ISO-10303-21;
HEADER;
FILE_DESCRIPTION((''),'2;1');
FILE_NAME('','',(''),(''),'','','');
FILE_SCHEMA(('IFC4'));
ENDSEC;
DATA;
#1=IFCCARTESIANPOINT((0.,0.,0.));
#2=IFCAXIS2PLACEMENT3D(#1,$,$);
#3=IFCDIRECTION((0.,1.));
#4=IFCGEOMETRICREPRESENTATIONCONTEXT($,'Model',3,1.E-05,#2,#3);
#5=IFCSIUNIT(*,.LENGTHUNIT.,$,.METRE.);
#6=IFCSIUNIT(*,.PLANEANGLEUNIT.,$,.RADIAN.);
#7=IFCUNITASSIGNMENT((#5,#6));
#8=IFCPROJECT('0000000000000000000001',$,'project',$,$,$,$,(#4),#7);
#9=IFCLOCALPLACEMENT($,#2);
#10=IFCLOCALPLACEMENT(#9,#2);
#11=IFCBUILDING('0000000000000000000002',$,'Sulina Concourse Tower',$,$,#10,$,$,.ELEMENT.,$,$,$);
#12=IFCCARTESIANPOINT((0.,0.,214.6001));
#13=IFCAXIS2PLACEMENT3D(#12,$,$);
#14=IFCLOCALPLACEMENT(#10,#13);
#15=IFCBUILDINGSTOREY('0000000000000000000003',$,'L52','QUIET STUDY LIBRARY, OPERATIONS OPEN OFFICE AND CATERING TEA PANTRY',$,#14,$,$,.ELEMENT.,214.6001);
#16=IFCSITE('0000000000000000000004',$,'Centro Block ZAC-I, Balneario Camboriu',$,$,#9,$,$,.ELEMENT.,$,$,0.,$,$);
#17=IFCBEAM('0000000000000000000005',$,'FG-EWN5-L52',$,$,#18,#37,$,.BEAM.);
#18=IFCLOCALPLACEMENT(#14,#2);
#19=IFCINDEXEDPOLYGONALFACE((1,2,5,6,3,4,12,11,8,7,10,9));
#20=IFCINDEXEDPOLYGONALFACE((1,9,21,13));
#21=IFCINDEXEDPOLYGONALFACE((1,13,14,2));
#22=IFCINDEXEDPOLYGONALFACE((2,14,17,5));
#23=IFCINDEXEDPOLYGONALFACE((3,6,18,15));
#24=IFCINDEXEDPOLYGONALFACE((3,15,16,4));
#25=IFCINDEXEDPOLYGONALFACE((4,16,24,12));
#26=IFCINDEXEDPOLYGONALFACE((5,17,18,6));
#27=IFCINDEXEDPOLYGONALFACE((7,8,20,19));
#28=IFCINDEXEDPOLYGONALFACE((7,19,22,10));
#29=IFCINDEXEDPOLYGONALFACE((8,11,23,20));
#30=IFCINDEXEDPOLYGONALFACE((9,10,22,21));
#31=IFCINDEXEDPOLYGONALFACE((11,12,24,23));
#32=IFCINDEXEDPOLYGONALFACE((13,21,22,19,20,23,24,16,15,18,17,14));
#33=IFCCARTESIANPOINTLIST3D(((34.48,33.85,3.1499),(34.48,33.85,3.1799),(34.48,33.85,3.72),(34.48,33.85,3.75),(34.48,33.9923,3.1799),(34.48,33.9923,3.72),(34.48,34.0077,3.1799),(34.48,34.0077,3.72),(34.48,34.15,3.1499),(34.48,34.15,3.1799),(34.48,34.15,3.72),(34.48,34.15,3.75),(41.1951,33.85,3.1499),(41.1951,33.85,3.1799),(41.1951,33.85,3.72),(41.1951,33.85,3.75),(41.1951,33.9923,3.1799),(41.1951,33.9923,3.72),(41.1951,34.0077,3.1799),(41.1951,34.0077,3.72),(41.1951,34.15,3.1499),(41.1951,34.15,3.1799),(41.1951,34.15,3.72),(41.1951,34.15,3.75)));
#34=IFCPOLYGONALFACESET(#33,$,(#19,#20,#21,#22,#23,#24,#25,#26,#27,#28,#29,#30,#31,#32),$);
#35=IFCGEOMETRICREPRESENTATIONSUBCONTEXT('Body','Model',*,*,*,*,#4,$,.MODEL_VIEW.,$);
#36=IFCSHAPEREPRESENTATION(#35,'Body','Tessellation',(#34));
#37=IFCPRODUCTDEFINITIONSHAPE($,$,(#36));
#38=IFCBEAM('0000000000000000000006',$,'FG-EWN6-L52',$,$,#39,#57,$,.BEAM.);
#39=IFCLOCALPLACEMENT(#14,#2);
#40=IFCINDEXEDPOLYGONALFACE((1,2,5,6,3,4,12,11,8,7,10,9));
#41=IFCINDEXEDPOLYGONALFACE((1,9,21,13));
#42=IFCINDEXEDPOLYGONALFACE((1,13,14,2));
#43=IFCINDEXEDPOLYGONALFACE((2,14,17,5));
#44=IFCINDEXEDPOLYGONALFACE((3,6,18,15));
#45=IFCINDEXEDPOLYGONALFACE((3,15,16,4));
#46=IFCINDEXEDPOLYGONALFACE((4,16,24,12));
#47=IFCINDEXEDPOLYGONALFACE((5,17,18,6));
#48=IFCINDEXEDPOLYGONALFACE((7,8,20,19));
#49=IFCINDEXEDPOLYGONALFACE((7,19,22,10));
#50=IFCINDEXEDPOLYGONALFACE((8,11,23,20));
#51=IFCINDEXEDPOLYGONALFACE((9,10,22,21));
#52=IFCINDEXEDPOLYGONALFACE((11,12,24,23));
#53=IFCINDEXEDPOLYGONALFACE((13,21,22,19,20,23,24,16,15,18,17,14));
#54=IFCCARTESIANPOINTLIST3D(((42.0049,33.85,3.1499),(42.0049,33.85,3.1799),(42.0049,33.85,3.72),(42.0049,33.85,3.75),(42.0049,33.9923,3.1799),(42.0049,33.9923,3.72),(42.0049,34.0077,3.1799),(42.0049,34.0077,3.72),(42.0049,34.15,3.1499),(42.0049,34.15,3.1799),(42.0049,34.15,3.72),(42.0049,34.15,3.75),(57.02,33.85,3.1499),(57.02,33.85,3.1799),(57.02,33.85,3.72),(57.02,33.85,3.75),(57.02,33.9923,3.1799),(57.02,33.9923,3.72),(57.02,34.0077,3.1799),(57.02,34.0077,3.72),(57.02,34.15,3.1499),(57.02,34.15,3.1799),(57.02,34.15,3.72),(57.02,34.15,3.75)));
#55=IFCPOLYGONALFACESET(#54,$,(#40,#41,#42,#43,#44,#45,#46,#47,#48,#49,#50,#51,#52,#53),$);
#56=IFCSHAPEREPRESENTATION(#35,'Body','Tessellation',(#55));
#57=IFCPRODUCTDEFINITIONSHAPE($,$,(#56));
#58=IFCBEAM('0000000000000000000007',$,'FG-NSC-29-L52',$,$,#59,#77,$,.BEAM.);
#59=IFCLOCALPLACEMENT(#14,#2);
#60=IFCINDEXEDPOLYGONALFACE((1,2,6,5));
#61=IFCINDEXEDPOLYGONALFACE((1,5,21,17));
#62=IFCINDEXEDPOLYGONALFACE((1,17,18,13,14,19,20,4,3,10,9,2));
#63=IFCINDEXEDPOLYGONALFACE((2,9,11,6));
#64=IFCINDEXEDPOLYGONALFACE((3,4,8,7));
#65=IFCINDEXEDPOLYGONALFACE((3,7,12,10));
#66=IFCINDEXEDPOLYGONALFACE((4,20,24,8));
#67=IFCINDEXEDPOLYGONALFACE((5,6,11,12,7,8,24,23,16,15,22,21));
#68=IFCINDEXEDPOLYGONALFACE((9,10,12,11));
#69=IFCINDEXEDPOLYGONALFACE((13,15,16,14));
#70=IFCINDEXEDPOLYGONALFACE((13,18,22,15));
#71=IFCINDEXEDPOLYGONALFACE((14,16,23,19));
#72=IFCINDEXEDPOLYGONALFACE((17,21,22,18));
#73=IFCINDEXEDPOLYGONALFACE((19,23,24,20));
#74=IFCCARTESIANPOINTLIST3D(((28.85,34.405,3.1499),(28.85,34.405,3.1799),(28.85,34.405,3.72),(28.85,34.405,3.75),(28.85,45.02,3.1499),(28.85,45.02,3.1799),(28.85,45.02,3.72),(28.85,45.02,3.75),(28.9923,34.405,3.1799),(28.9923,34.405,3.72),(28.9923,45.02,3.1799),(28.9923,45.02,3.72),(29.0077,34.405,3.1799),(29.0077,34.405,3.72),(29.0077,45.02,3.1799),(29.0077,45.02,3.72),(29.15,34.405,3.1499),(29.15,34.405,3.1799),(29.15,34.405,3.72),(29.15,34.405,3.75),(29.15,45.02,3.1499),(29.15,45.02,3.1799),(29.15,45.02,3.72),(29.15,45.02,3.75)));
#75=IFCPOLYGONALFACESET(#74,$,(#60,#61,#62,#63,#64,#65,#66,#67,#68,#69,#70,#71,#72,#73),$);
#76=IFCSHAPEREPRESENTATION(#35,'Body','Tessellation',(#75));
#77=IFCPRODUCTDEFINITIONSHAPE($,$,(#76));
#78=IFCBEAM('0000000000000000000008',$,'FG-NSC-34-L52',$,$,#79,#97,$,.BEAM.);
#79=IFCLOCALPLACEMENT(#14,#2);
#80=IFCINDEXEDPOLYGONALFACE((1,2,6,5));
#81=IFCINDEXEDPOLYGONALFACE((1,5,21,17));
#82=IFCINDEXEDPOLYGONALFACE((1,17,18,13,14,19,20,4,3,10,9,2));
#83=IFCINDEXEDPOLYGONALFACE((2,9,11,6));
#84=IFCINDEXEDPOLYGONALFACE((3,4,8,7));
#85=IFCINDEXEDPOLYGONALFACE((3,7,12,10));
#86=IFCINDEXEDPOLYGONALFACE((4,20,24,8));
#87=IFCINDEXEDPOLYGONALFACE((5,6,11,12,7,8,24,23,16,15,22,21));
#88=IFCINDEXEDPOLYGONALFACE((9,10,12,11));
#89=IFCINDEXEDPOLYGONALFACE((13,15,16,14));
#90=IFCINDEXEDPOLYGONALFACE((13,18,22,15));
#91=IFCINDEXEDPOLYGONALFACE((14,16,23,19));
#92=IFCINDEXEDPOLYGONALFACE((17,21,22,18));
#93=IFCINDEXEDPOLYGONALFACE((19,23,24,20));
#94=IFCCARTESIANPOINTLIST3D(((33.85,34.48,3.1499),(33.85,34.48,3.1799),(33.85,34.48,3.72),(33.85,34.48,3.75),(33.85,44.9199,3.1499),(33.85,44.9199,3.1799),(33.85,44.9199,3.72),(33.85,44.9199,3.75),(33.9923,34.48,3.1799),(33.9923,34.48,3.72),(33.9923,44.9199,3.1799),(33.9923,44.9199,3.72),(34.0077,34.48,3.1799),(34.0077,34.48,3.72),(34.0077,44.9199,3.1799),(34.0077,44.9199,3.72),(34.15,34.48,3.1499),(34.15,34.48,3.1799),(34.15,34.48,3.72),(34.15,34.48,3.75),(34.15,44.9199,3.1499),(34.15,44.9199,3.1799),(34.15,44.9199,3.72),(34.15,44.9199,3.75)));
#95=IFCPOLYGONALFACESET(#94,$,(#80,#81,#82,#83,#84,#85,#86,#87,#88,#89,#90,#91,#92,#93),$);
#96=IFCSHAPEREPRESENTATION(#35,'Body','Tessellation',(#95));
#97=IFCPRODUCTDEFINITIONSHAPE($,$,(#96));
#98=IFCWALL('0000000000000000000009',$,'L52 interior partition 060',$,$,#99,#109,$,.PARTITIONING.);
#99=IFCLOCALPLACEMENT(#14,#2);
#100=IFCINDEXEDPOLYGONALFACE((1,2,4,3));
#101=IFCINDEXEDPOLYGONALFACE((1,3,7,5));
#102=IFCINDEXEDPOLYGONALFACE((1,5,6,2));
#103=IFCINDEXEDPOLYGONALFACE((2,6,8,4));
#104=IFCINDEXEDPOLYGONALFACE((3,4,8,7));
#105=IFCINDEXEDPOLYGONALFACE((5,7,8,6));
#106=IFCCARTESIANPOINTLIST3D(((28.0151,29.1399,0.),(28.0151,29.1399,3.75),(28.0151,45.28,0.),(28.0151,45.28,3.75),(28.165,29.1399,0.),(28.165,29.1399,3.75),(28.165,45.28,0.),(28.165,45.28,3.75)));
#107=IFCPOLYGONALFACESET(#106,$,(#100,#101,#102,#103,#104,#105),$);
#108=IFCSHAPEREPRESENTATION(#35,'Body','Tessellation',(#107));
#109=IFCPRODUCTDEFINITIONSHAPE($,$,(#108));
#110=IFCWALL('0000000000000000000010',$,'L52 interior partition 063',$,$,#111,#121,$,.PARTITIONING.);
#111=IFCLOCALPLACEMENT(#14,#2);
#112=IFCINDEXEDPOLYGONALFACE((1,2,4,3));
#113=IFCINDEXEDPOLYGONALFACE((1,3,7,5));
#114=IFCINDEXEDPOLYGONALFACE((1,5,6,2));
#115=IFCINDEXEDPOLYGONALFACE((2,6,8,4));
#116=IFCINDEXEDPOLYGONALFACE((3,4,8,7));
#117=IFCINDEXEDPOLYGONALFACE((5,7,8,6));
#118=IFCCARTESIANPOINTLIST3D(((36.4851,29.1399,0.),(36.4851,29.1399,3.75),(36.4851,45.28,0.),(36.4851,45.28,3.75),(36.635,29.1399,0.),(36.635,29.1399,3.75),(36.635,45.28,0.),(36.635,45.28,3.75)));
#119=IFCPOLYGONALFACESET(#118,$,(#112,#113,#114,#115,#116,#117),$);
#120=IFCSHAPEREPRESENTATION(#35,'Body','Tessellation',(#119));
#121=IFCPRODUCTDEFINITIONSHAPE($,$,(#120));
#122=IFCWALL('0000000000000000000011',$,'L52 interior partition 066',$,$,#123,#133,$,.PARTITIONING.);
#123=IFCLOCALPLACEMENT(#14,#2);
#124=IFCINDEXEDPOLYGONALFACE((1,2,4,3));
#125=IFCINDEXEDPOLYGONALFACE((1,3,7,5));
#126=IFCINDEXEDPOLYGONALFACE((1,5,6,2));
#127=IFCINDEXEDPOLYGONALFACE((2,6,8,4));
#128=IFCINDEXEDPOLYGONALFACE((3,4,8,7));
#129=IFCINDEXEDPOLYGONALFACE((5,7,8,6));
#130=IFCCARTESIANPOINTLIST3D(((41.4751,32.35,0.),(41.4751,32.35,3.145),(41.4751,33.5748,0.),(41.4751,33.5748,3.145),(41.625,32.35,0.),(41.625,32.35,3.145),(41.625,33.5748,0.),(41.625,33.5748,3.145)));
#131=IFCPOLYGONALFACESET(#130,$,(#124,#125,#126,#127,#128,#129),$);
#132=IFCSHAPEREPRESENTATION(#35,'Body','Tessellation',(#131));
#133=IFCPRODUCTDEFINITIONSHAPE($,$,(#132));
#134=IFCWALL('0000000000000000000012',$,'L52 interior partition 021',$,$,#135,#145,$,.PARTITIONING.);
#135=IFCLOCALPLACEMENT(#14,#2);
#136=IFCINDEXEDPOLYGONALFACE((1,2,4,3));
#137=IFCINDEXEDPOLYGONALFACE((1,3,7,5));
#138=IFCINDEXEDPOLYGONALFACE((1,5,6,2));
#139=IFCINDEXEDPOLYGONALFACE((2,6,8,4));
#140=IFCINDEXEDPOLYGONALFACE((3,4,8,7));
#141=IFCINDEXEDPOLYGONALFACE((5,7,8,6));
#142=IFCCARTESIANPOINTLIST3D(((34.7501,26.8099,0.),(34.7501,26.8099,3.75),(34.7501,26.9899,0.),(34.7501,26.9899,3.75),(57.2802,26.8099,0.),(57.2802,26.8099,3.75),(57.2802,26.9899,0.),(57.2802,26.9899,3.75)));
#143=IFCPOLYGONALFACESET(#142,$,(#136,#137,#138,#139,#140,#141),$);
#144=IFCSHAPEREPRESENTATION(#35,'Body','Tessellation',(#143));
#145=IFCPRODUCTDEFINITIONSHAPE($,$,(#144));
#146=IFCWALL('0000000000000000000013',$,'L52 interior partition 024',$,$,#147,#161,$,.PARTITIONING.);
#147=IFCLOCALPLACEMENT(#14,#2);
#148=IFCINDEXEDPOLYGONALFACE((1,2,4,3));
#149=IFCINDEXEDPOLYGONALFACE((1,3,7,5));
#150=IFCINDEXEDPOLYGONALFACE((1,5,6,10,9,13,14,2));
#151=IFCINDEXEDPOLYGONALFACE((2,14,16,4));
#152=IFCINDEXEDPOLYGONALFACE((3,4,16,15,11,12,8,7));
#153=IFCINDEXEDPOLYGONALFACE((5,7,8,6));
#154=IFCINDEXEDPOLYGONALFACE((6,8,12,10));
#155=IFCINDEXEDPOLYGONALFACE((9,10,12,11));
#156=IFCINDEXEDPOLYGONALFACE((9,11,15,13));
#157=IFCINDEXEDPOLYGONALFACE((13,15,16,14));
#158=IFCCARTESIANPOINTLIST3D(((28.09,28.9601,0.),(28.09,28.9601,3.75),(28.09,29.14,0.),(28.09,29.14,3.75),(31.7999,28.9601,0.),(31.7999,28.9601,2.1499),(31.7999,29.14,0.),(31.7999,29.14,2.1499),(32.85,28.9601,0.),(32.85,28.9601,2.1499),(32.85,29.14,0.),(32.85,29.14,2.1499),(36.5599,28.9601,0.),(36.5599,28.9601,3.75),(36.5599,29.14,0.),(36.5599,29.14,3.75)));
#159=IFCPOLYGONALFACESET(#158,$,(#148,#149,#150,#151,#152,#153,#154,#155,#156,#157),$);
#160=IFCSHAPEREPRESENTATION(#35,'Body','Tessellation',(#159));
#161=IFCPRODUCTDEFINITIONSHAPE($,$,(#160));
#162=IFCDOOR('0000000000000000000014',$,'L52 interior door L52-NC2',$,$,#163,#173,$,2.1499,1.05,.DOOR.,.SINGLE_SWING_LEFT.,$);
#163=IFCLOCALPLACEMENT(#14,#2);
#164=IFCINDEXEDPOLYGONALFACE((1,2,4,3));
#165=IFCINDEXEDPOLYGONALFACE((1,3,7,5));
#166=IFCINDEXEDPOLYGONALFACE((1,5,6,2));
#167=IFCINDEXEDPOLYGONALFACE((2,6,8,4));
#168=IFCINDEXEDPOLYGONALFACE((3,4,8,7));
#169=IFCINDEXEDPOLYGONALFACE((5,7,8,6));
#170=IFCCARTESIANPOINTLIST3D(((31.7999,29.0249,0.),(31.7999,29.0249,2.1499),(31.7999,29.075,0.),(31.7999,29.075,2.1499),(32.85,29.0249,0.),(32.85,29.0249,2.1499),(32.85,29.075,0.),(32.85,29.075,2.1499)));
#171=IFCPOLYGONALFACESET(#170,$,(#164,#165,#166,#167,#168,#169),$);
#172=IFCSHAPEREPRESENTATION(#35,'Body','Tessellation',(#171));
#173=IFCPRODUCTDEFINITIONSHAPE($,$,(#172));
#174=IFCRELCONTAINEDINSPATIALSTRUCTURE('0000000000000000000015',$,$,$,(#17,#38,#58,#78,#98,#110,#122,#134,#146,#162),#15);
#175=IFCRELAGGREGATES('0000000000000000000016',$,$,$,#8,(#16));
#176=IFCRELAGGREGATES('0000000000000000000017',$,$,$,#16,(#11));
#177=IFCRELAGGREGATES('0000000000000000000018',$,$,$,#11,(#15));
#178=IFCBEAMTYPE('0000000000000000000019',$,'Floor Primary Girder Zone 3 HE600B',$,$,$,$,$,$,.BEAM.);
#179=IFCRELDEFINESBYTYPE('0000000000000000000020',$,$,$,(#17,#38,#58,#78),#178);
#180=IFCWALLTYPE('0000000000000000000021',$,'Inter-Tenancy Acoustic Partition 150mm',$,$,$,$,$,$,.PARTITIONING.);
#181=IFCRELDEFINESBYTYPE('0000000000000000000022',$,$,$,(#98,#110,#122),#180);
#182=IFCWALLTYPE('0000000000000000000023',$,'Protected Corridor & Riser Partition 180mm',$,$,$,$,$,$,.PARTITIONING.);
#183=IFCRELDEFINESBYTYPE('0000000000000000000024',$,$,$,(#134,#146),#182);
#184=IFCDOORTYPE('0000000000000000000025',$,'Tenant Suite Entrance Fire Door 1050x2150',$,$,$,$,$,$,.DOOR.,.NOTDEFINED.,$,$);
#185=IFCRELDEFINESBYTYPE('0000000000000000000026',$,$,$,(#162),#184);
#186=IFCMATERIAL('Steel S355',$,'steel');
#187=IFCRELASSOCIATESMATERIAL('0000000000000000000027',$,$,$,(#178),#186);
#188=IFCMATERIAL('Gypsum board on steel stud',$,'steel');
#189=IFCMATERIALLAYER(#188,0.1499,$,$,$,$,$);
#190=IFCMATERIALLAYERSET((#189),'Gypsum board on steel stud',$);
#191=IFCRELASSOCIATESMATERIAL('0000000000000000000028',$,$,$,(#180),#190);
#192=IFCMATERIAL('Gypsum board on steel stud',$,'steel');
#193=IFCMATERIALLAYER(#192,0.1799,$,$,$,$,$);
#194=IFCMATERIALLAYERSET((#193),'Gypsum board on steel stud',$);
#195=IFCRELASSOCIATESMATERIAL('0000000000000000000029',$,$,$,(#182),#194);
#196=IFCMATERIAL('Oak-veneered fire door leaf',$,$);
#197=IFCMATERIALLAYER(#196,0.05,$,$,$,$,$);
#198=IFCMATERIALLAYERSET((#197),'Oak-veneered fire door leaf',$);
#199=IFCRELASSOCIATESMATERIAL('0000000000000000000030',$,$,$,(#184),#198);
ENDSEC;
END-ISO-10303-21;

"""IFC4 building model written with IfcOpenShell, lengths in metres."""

from ifc_helpers import new_model, si_unit, direction, frame, frame_2d, origin, origin_2d, place, context, subcontext, project, spatial, rectangle, i_section, extrude, material, layer, layer_set, material_profile, profile_set, type_object, element, fill, save


model = new_model("IFC4")

# Units and contexts
model_context = context("Model", 3, precision=1e-05, world=origin(), true_north=direction((0.0, 1.0)))
body_context = subcontext(model_context, "Body", "Model", "MODEL_VIEW")
ifc_project = project(units=[si_unit("LENGTHUNIT", "METRE"), si_unit("PLANEANGLEUNIT", "RADIAN")], contexts=[model_context])

# Site, building, storey
site_placement = place(None, origin())
site = spatial("IfcSite", under=ifc_project, at=site_placement, Name="Centro Block ZAC-I, Balneario Camboriu", CompositionType="ELEMENT", RefElevation=0.0)
building_placement = place(site_placement, origin())
building = spatial("IfcBuilding", under=site, at=building_placement, Name="Sulina Concourse Tower", CompositionType="ELEMENT")
storey_placement = place(building_placement, frame((0.0, 0.0, 214.6001)))
storey = spatial("IfcBuildingStorey", under=building, at=storey_placement, Name="L52", Description="QUIET STUDY LIBRARY, OPERATIONS OPEN OFFICE AND CATERING TEA PANTRY", CompositionType="ELEMENT", Elevation=214.6001)

# Beams
ifc_material_1 = material(Name="Steel S355", Category="steel")
ifc_material_profile_1 = material_profile(ifc_material_1, i_section(OverallWidth=0.3, OverallDepth=0.6001, WebThickness=0.0154, FlangeThickness=0.03, at=origin_2d()), Name="HE 600 B")
ifc_profile_set_1 = profile_set([ifc_material_profile_1], Name="Steel S355")
beam_type_1 = type_object("IfcBeamType", Name="Floor Primary Girder Zone 3 HE600B", PredefinedType="BEAM", material=ifc_profile_set_1)
beam_1_placement = place(storey_placement, frame((34.48, 34.0, 3.45), z_axis=(1.0, 0.0, 0.0), x_axis=(0.0, 1.0, 0.0)))
element("IfcBeam", 1, at=beam_1_placement, inside=storey, type_object=beam_type_1, Name="FG-EWN5-L52", PredefinedType="BEAM", context=body_context, shape_type="SweptSolid", body=[
    extrude(i_section(OverallWidth=0.3, OverallDepth=0.6001, WebThickness=0.0154, FlangeThickness=0.03, at=origin_2d()), origin(), (0.0, 0.0, 1.0), 6.7151),
])
beam_2_placement = place(storey_placement, frame((42.0049, 34.0, 3.45), z_axis=(1.0, 0.0, 0.0), x_axis=(0.0, 1.0, 0.0)))
element("IfcBeam", 2, at=beam_2_placement, inside=storey, type_object=beam_type_1, Name="FG-EWN6-L52", PredefinedType="BEAM", context=body_context, shape_type="SweptSolid", body=[
    extrude(i_section(OverallWidth=0.3, OverallDepth=0.6001, WebThickness=0.0154, FlangeThickness=0.03, at=origin_2d()), origin(), (0.0, 0.0, 1.0), 15.0151),
])
beam_3_placement = place(storey_placement, frame((29.0, 34.405, 3.45), z_axis=(0.0, 1.0, 0.0), x_axis=(-1.0, 0.0, 0.0)))
element("IfcBeam", 3, at=beam_3_placement, inside=storey, type_object=beam_type_1, Name="FG-NSC-29-L52", PredefinedType="BEAM", context=body_context, shape_type="SweptSolid", body=[
    extrude(i_section(OverallWidth=0.3, OverallDepth=0.6001, WebThickness=0.0154, FlangeThickness=0.03, at=origin_2d()), origin(), (0.0, 0.0, 1.0), 10.615),
])
beam_4_placement = place(storey_placement, frame((34.0, 34.48, 3.45), z_axis=(0.0, 1.0, 0.0), x_axis=(-1.0, 0.0, 0.0)))
element("IfcBeam", 4, at=beam_4_placement, inside=storey, type_object=beam_type_1, Name="FG-NSC-34-L52", PredefinedType="BEAM", context=body_context, shape_type="SweptSolid", body=[
    extrude(i_section(OverallWidth=0.3, OverallDepth=0.6001, WebThickness=0.0154, FlangeThickness=0.03, at=origin_2d()), origin(), (0.0, 0.0, 1.0), 10.4399),
])

# Walls
ifc_material_2 = material(Name="Gypsum board on steel stud", Category="steel")
ifc_layer_1 = layer(ifc_material_2, 0.1499)
ifc_layer_set_1 = layer_set([ifc_layer_1], Name="Gypsum board on steel stud")
wall_type_1 = type_object("IfcWallType", Name="Inter-Tenancy Acoustic Partition 150mm", PredefinedType="PARTITIONING", material=ifc_layer_set_1)
for number, where, z_axis, x_axis, name in (
    (5, (28.0901, 29.1399, 0.0), (0.0, 0.0, 1.0), (0.0, 1.0, 0.0), "L52 interior partition 060"),
    (6, (36.5601, 29.1399, 0.0), (0.0, 0.0, 1.0), (0.0, 1.0, 0.0), "L52 interior partition 063"),
):
    element("IfcWall", number, at=place(storey_placement, frame(where, z_axis=z_axis, x_axis=x_axis)), inside=storey, type_object=wall_type_1, Name=name, PredefinedType="PARTITIONING", context=body_context, shape_type="SweptSolid", body=[
        extrude(rectangle(XDim=16.1401, YDim=0.1499, at=frame_2d((8.0701, 0.0))), origin(), (0.0, 0.0, 1.0), 3.75),
    ])
wall_1_placement = place(storey_placement, frame((41.55, 32.3501, 0.0), z_axis=(0.0, 0.0, 1.0), x_axis=(0.0, 1.0, 0.0)))
element("IfcWall", 7, at=wall_1_placement, inside=storey, type_object=wall_type_1, Name="L52 interior partition 066", PredefinedType="PARTITIONING", context=body_context, shape_type="SweptSolid", body=[
    extrude(rectangle(XDim=1.2249, YDim=0.1499, at=frame_2d((0.6123, 0.0))), origin(), (0.0, 0.0, 1.0), 3.145),
])
ifc_material_3 = material(Name="Gypsum board on steel stud", Category="steel")
ifc_layer_2 = layer(ifc_material_3, 0.1799)
ifc_layer_set_2 = layer_set([ifc_layer_2], Name="Gypsum board on steel stud")
wall_type_2 = type_object("IfcWallType", Name="Protected Corridor & Riser Partition 180mm", PredefinedType="PARTITIONING", material=ifc_layer_set_2)
wall_2_placement = place(storey_placement, frame((34.75, 26.8999, 0.0), z_axis=(0.0, 0.0, 1.0), x_axis=(1.0, 0.0, 0.0)))
element("IfcWall", 8, at=wall_2_placement, inside=storey, type_object=wall_type_2, Name="L52 interior partition 021", PredefinedType="PARTITIONING", context=body_context, shape_type="SweptSolid", body=[
    extrude(rectangle(XDim=22.53, YDim=0.1799, at=frame_2d((11.2651, 0.0))), origin(), (0.0, 0.0, 1.0), 3.75),
])

# Wall, opening, door
wall_3_placement = place(storey_placement, frame((28.0901, 29.05, 0.0), z_axis=(0.0, 0.0, 1.0), x_axis=(1.0, 0.0, 0.0)))
wall_3 = element("IfcWall", 9, at=wall_3_placement, inside=storey, type_object=wall_type_2, Name="L52 interior partition 024", PredefinedType="PARTITIONING", context=body_context, shape_type="SweptSolid", body=[
    extrude(rectangle(XDim=8.47, YDim=0.1799, at=frame_2d((4.2349, 0.0))), origin(), (0.0, 0.0, 1.0), 3.75),
])
opening_1_placement = place(wall_3_placement, frame((3.71, 0.0, 0.0)))
opening_1 = element("IfcOpeningElement", 10, at=opening_1_placement, cuts=wall_3, PredefinedType="OPENING", context=body_context, shape_type="SweptSolid", body=[
    extrude(rectangle(XDim=1.05, YDim=2.1499, at=frame_2d((0.5249, 1.075))), frame((0.0, 0.0999, 0.0), z_axis=(0.0, -1.0, 0.0), x_axis=(1.0, 0.0, 0.0)), (0.0, 0.0, 1.0), 0.2),
])
ifc_material_4 = material(Name="Oak-veneered fire door leaf")
ifc_layer_3 = layer(ifc_material_4, 0.05)
ifc_layer_set_3 = layer_set([ifc_layer_3], Name="Oak-veneered fire door leaf")
door_type_1 = type_object("IfcDoorType", Name="Tenant Suite Entrance Fire Door 1050x2150", OperationType="NOTDEFINED", PredefinedType="DOOR", material=ifc_layer_set_3)
door_1_placement = place(opening_1_placement, origin())
door_1 = element("IfcDoor", 11, at=door_1_placement, inside=storey, type_object=door_type_1, Name="L52 interior door L52-NC2", OperationType="SINGLE_SWING_LEFT", OverallHeight=2.1499, OverallWidth=1.05, PredefinedType="DOOR", context=body_context, shape_type="SweptSolid", body=[
    extrude(rectangle(XDim=1.05, YDim=2.1499, at=frame_2d((0.5249, 1.075))), frame((0.0, 0.0249, 0.0), z_axis=(0.0, -1.0, 0.0), x_axis=(1.0, 0.0, 0.0)), (0.0, 0.0, 1.0), 0.05),
])
fill(opening_1, door_1)

save(model, "model.ifc")
